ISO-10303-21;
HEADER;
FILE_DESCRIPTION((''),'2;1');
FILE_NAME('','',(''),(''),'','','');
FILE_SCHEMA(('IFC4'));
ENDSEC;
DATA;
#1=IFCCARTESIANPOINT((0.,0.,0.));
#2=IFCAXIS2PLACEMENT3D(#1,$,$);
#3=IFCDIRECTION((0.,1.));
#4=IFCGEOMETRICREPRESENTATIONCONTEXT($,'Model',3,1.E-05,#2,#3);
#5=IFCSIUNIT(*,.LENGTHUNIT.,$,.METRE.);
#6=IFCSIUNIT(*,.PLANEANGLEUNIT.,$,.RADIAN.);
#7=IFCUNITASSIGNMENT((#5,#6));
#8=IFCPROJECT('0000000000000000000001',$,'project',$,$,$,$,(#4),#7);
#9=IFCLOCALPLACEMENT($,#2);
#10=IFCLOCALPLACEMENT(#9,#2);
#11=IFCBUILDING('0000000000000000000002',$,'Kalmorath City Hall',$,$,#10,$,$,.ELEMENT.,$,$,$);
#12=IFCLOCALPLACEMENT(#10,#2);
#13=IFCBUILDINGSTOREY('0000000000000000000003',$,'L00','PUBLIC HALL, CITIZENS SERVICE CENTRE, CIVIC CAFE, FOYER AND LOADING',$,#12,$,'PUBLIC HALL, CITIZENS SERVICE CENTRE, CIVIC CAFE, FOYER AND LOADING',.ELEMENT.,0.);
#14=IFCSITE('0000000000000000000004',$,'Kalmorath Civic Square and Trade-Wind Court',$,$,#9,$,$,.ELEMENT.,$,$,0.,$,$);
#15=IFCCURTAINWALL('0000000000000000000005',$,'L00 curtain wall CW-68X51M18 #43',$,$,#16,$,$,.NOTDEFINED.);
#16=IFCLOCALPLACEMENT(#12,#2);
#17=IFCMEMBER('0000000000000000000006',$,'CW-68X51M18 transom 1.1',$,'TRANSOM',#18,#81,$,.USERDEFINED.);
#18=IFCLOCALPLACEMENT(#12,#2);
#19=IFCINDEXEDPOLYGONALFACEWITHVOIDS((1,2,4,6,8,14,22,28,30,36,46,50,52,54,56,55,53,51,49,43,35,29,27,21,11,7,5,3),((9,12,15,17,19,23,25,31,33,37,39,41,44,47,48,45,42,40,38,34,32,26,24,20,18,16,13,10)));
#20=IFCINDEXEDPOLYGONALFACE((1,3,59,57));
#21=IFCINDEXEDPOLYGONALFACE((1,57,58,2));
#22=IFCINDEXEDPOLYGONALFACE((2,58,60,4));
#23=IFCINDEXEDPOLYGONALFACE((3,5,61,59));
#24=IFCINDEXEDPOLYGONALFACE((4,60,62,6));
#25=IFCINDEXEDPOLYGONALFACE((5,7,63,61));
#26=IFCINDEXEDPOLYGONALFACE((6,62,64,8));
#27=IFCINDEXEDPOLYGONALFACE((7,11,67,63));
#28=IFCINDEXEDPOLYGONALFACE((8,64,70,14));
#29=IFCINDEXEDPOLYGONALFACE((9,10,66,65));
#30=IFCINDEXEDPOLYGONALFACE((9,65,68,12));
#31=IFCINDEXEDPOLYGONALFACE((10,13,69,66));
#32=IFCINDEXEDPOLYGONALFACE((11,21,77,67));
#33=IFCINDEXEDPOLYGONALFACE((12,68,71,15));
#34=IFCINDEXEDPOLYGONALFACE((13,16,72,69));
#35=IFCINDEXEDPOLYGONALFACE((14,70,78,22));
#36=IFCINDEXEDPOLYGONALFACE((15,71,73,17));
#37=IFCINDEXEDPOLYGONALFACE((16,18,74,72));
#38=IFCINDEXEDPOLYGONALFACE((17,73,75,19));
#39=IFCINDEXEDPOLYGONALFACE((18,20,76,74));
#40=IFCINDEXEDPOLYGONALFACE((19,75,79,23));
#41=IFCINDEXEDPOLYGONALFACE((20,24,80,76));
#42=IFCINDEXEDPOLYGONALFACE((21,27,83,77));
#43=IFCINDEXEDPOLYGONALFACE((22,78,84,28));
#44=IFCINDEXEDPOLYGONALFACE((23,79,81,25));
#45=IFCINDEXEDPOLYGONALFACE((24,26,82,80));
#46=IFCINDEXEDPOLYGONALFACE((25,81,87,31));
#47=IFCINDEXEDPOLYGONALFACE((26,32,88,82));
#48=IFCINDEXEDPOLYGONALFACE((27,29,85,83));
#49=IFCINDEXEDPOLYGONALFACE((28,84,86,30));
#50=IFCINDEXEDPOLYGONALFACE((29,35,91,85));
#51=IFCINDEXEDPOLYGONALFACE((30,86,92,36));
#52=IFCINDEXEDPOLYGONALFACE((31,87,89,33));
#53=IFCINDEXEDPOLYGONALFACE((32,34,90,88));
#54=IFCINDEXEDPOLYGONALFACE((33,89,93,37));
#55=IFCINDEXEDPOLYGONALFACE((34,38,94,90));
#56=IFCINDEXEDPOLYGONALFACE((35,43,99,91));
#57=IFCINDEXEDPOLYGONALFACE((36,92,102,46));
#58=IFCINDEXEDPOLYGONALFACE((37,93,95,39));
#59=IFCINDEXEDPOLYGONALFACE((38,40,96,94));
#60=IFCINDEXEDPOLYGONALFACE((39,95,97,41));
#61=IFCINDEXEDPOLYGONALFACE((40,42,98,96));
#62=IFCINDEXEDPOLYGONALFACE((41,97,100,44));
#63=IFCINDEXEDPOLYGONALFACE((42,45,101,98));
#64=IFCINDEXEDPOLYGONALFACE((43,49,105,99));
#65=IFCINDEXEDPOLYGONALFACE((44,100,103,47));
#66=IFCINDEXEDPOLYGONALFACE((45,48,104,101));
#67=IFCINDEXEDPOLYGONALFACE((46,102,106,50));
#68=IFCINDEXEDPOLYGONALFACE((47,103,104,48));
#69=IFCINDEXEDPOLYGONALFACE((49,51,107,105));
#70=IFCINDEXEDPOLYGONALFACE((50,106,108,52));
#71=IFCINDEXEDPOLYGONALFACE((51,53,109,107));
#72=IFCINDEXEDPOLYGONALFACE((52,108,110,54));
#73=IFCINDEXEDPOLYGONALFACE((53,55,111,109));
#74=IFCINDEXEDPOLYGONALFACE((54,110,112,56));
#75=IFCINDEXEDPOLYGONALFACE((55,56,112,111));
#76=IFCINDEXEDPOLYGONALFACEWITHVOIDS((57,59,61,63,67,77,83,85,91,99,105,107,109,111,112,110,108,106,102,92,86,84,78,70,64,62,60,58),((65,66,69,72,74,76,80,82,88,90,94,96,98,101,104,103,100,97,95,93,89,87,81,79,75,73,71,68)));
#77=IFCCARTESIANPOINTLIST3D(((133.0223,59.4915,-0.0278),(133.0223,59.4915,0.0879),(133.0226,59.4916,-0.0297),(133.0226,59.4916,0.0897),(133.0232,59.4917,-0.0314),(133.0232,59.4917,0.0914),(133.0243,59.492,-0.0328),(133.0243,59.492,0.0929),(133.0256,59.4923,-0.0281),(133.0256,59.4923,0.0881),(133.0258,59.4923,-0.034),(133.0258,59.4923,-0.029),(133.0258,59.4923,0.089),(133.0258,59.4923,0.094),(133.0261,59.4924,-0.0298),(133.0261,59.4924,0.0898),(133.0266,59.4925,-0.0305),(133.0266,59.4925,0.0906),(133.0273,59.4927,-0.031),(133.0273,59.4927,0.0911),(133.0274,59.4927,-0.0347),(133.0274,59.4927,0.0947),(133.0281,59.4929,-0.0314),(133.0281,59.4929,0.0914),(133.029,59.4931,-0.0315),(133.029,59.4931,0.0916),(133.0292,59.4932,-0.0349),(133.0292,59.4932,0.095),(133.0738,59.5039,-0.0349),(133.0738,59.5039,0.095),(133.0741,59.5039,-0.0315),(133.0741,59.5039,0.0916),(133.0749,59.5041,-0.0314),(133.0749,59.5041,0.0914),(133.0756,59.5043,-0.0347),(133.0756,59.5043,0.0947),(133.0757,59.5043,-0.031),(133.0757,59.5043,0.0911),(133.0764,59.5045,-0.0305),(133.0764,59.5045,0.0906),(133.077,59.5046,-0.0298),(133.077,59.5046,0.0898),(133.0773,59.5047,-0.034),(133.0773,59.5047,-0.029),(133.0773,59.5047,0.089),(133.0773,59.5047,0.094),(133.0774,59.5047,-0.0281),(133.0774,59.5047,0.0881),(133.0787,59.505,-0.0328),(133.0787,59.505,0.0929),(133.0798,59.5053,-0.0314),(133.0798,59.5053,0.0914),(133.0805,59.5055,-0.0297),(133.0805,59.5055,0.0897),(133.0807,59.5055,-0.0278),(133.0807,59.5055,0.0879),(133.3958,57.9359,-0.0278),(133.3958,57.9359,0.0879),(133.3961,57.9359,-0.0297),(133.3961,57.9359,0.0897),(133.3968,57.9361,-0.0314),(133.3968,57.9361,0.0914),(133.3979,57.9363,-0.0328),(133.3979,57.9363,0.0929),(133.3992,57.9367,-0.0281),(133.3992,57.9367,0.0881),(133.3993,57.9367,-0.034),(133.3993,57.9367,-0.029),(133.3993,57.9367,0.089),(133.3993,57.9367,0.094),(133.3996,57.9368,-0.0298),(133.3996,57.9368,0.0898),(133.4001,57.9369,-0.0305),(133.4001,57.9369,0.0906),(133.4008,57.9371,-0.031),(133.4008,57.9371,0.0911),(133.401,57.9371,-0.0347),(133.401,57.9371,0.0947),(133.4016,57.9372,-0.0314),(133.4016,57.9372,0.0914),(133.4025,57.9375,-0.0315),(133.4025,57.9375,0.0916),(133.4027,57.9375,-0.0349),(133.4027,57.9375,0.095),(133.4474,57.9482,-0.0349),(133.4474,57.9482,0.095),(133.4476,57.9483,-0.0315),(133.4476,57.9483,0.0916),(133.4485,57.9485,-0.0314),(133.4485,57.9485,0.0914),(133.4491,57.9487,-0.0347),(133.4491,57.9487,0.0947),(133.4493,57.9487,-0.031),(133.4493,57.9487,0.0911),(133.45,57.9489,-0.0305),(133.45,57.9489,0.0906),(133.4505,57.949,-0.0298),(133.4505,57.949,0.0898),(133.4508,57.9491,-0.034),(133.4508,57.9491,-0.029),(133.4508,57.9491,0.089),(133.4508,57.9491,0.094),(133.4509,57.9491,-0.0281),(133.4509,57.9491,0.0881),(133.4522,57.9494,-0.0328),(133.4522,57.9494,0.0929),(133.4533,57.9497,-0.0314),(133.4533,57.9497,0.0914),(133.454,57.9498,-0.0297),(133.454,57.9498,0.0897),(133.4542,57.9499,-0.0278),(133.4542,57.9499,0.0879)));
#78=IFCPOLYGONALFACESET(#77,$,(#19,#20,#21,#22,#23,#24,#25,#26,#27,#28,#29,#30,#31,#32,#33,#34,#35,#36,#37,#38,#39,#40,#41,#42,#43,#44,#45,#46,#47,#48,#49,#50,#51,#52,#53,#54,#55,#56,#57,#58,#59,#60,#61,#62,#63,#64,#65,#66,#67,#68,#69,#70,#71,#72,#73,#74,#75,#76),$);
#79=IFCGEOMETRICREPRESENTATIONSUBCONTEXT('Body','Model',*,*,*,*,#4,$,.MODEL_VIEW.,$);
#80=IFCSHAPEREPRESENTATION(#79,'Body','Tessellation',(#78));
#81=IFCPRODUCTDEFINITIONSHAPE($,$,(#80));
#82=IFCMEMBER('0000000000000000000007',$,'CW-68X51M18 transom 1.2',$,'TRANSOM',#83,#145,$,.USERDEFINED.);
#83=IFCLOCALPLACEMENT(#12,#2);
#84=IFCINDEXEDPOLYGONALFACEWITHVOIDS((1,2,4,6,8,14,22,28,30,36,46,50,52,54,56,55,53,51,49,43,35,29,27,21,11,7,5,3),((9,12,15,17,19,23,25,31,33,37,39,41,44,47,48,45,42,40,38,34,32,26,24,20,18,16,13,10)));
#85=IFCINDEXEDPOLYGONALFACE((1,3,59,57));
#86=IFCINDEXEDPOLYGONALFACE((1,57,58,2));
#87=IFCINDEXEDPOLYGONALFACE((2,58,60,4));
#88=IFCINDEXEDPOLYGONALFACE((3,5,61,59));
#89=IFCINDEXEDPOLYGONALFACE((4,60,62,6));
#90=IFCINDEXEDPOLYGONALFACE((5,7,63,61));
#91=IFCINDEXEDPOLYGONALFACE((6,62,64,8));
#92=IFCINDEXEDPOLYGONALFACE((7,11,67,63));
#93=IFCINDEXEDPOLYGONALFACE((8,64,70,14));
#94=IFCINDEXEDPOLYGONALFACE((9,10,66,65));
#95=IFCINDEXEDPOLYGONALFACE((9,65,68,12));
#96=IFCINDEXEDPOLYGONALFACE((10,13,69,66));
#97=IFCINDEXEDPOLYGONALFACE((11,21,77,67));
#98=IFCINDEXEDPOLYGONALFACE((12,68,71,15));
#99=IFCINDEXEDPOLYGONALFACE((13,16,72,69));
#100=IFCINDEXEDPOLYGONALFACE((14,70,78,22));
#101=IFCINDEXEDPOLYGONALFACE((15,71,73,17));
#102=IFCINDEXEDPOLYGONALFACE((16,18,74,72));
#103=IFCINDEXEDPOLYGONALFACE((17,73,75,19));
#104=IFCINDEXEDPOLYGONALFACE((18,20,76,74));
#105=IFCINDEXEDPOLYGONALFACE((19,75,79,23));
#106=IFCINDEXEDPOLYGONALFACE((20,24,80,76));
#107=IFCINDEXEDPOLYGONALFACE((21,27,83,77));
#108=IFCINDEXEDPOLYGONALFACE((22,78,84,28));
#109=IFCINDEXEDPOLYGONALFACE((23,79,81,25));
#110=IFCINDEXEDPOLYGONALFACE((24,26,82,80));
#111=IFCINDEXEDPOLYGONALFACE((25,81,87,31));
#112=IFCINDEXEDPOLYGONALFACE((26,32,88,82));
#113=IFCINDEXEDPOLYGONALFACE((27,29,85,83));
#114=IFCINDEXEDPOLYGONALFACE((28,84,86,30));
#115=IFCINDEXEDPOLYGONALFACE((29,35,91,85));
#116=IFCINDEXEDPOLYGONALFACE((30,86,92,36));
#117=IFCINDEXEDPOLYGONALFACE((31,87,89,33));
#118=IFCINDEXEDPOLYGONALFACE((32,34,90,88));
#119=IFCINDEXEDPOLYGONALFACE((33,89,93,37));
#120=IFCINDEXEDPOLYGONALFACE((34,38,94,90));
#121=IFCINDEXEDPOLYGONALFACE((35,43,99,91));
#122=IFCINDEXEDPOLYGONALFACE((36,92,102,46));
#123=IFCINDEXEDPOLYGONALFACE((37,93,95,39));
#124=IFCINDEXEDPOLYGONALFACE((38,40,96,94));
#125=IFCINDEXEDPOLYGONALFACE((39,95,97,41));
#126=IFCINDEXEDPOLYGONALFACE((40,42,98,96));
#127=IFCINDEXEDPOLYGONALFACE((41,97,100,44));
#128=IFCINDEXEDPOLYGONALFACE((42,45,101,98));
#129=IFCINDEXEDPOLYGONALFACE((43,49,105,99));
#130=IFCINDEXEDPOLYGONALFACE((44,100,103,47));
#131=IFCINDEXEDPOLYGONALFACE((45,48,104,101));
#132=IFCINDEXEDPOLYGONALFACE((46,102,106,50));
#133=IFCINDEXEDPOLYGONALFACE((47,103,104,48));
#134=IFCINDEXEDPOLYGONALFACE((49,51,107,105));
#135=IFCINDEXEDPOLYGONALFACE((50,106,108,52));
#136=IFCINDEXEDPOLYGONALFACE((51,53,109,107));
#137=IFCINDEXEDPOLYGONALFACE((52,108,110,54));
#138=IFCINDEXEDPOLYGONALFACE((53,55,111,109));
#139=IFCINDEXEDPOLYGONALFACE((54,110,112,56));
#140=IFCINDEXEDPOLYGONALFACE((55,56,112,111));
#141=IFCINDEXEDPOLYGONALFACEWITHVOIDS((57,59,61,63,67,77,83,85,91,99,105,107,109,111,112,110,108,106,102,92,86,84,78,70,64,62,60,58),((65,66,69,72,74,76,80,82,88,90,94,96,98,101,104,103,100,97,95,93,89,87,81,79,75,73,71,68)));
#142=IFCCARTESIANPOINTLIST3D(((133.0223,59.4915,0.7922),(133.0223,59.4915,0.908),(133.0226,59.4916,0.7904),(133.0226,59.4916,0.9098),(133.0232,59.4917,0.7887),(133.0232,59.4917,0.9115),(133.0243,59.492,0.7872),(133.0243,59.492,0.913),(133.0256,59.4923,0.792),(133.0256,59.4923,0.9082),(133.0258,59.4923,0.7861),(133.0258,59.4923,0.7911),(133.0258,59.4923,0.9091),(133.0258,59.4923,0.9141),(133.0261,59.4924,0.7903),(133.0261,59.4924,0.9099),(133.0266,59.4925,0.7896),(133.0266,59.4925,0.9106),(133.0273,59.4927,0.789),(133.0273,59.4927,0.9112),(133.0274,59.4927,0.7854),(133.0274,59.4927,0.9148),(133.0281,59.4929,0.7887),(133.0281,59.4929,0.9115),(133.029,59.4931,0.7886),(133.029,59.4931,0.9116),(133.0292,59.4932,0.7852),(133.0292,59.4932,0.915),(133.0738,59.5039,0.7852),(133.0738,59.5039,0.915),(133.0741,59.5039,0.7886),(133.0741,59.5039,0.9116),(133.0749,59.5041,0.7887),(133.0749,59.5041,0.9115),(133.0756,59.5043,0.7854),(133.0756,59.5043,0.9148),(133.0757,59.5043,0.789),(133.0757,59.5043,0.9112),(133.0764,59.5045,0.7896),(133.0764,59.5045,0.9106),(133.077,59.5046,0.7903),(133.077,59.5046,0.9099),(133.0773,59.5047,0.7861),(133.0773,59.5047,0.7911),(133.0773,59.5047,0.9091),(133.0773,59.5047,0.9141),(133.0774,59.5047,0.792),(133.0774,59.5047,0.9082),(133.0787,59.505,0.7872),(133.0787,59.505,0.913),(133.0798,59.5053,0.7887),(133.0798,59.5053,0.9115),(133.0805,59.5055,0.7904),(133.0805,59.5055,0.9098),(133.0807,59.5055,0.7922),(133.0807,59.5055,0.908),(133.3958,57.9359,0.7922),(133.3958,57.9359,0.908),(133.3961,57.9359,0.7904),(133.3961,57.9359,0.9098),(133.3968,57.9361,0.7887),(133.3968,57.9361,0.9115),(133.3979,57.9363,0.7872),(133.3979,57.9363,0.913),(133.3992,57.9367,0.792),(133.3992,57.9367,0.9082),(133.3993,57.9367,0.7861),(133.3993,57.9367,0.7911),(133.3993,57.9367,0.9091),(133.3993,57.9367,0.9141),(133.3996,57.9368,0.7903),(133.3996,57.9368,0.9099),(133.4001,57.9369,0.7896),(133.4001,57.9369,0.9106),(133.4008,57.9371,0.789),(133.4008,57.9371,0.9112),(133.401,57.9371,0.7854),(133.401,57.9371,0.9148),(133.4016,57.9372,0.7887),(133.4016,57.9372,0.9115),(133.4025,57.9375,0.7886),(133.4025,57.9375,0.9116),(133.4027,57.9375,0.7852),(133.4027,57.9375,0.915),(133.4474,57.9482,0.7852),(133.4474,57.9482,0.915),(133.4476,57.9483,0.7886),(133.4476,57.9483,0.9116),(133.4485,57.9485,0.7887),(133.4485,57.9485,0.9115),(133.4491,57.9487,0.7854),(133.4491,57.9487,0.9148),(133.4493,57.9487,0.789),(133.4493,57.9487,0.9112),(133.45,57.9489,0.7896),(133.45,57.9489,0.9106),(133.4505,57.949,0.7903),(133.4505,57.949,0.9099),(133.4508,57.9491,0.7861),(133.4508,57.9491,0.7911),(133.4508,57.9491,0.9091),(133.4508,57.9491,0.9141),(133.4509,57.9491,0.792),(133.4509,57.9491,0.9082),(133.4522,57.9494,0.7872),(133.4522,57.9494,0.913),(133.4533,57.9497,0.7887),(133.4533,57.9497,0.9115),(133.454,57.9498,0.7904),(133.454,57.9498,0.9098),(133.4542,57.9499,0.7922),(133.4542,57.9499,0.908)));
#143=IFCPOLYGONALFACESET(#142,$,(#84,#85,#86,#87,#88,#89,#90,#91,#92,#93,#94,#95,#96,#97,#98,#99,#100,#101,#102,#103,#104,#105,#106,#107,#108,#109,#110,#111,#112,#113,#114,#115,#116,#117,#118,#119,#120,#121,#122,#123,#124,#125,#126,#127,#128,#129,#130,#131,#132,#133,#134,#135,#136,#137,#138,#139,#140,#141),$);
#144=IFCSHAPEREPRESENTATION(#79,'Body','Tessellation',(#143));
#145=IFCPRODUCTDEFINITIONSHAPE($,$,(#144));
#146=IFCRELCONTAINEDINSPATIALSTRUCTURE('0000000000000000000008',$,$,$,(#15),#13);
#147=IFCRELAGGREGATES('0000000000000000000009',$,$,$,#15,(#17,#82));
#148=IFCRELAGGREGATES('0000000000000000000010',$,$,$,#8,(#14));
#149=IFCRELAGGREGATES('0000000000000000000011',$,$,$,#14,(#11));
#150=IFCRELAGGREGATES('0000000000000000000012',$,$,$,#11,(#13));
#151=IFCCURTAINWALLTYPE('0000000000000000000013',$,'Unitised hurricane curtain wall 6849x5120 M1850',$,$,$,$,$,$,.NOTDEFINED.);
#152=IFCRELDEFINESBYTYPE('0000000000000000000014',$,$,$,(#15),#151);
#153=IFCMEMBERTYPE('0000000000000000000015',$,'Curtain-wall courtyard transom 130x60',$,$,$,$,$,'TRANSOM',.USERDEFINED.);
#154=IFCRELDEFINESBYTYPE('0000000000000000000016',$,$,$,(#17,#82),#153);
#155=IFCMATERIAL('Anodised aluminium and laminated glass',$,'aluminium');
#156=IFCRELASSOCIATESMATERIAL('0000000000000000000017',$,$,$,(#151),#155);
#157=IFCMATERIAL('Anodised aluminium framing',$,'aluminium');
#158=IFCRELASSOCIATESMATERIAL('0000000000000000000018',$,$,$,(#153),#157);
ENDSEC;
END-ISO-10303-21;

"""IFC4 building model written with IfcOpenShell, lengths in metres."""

from ifc_helpers import new_model, si_unit, direction, frame, origin, origin_2d, place, context, subcontext, project, spatial, hollow_rectangle, extrude, material, material_profile, profile_set, type_object, element, aggregate, save


model = new_model("IFC4")

# Units and contexts
model_context = context("Model", 3, precision=1e-05, world=origin(), true_north=direction((0.0, 1.0)))
body_context = subcontext(model_context, "Body", "Model", "MODEL_VIEW")
ifc_project = project(units=[si_unit("LENGTHUNIT", "METRE"), si_unit("PLANEANGLEUNIT", "RADIAN")], contexts=[model_context])

# Site, building, storey
site_placement = place(None, origin())
site = spatial("IfcSite", under=ifc_project, at=site_placement, Name="Kalmorath Civic Square and Trade-Wind Court", CompositionType="ELEMENT", RefElevation=0.0)
building_placement = place(site_placement, origin())
building = spatial("IfcBuilding", under=site, at=building_placement, Name="Kalmorath City Hall", CompositionType="ELEMENT")
storey_placement = place(building_placement, origin())
storey = spatial("IfcBuildingStorey", under=building, at=storey_placement, Name="L00", Description="PUBLIC HALL, CITIZENS SERVICE CENTRE, CIVIC CAFE, FOYER AND LOADING", LongName="PUBLIC HALL, CITIZENS SERVICE CENTRE, CIVIC CAFE, FOYER AND LOADING", CompositionType="ELEMENT", Elevation=0.0)

# Curtain wall, members
ifc_material_1 = material(Name="Anodised aluminium and laminated glass", Category="aluminium")
curtain_wall_type = type_object("IfcCurtainWallType", Name="Unitised hurricane curtain wall 6849x5120 M1850", PredefinedType="NOTDEFINED", material=ifc_material_1)
curtain_wall_placement = place(storey_placement, origin())
curtain_wall = element("IfcCurtainWall", 1, at=curtain_wall_placement, inside=storey, type_object=curtain_wall_type, Name="L00 curtain wall CW-68X51M18 #43", PredefinedType="NOTDEFINED")
ifc_material_2 = material(Name="Anodised aluminium framing", Category="aluminium")
ifc_material_profile_1 = material_profile(ifc_material_2, hollow_rectangle(XDim=0.0601, YDim=0.1299, WallThickness=0.0034, InnerFilletRadius=0.0034, OuterFilletRadius=0.0071, at=origin_2d()), Name="ALU-TRN-130X60X3.5")
ifc_profile_set_1 = profile_set([ifc_material_profile_1], Name="Anodised aluminium framing")
member_type_1 = type_object("IfcMemberType", Name="Curtain-wall courtyard transom 130x60", ElementType="TRANSOM", PredefinedType="USERDEFINED", material=ifc_profile_set_1)
member_1_placement = place(storey_placement, frame((133.425, 57.9429, 0.03), z_axis=(-0.233477, 0.972362, 0.0), x_axis=(-0.972362, -0.233477, 0.0)))
member_1 = element("IfcMember", 2, at=member_1_placement, type_object=member_type_1, Name="CW-68X51M18 transom 1.1", ObjectType="TRANSOM", PredefinedType="USERDEFINED", context=body_context, shape_type="SweptSolid", body=[
    extrude(hollow_rectangle(XDim=0.0601, YDim=0.1299, WallThickness=0.0034, InnerFilletRadius=0.0034, OuterFilletRadius=0.0071, at=origin_2d()), origin(), (0.0, 0.0, 1.0), 1.5999),
])
member_2_placement = place(storey_placement, frame((133.425, 57.9429, 0.8501), z_axis=(-0.233477, 0.972362, 0.0), x_axis=(-0.972362, -0.233477, 0.0)))
member_2 = element("IfcMember", 3, at=member_2_placement, type_object=member_type_1, Name="CW-68X51M18 transom 1.2", ObjectType="TRANSOM", PredefinedType="USERDEFINED", context=body_context, shape_type="SweptSolid", body=[
    extrude(hollow_rectangle(XDim=0.0601, YDim=0.1299, WallThickness=0.0034, InnerFilletRadius=0.0034, OuterFilletRadius=0.0071, at=origin_2d()), origin(), (0.0, 0.0, 1.0), 1.5999),
])
aggregate(curtain_wall, [member_1, member_2])

save(model, "model.ifc")
